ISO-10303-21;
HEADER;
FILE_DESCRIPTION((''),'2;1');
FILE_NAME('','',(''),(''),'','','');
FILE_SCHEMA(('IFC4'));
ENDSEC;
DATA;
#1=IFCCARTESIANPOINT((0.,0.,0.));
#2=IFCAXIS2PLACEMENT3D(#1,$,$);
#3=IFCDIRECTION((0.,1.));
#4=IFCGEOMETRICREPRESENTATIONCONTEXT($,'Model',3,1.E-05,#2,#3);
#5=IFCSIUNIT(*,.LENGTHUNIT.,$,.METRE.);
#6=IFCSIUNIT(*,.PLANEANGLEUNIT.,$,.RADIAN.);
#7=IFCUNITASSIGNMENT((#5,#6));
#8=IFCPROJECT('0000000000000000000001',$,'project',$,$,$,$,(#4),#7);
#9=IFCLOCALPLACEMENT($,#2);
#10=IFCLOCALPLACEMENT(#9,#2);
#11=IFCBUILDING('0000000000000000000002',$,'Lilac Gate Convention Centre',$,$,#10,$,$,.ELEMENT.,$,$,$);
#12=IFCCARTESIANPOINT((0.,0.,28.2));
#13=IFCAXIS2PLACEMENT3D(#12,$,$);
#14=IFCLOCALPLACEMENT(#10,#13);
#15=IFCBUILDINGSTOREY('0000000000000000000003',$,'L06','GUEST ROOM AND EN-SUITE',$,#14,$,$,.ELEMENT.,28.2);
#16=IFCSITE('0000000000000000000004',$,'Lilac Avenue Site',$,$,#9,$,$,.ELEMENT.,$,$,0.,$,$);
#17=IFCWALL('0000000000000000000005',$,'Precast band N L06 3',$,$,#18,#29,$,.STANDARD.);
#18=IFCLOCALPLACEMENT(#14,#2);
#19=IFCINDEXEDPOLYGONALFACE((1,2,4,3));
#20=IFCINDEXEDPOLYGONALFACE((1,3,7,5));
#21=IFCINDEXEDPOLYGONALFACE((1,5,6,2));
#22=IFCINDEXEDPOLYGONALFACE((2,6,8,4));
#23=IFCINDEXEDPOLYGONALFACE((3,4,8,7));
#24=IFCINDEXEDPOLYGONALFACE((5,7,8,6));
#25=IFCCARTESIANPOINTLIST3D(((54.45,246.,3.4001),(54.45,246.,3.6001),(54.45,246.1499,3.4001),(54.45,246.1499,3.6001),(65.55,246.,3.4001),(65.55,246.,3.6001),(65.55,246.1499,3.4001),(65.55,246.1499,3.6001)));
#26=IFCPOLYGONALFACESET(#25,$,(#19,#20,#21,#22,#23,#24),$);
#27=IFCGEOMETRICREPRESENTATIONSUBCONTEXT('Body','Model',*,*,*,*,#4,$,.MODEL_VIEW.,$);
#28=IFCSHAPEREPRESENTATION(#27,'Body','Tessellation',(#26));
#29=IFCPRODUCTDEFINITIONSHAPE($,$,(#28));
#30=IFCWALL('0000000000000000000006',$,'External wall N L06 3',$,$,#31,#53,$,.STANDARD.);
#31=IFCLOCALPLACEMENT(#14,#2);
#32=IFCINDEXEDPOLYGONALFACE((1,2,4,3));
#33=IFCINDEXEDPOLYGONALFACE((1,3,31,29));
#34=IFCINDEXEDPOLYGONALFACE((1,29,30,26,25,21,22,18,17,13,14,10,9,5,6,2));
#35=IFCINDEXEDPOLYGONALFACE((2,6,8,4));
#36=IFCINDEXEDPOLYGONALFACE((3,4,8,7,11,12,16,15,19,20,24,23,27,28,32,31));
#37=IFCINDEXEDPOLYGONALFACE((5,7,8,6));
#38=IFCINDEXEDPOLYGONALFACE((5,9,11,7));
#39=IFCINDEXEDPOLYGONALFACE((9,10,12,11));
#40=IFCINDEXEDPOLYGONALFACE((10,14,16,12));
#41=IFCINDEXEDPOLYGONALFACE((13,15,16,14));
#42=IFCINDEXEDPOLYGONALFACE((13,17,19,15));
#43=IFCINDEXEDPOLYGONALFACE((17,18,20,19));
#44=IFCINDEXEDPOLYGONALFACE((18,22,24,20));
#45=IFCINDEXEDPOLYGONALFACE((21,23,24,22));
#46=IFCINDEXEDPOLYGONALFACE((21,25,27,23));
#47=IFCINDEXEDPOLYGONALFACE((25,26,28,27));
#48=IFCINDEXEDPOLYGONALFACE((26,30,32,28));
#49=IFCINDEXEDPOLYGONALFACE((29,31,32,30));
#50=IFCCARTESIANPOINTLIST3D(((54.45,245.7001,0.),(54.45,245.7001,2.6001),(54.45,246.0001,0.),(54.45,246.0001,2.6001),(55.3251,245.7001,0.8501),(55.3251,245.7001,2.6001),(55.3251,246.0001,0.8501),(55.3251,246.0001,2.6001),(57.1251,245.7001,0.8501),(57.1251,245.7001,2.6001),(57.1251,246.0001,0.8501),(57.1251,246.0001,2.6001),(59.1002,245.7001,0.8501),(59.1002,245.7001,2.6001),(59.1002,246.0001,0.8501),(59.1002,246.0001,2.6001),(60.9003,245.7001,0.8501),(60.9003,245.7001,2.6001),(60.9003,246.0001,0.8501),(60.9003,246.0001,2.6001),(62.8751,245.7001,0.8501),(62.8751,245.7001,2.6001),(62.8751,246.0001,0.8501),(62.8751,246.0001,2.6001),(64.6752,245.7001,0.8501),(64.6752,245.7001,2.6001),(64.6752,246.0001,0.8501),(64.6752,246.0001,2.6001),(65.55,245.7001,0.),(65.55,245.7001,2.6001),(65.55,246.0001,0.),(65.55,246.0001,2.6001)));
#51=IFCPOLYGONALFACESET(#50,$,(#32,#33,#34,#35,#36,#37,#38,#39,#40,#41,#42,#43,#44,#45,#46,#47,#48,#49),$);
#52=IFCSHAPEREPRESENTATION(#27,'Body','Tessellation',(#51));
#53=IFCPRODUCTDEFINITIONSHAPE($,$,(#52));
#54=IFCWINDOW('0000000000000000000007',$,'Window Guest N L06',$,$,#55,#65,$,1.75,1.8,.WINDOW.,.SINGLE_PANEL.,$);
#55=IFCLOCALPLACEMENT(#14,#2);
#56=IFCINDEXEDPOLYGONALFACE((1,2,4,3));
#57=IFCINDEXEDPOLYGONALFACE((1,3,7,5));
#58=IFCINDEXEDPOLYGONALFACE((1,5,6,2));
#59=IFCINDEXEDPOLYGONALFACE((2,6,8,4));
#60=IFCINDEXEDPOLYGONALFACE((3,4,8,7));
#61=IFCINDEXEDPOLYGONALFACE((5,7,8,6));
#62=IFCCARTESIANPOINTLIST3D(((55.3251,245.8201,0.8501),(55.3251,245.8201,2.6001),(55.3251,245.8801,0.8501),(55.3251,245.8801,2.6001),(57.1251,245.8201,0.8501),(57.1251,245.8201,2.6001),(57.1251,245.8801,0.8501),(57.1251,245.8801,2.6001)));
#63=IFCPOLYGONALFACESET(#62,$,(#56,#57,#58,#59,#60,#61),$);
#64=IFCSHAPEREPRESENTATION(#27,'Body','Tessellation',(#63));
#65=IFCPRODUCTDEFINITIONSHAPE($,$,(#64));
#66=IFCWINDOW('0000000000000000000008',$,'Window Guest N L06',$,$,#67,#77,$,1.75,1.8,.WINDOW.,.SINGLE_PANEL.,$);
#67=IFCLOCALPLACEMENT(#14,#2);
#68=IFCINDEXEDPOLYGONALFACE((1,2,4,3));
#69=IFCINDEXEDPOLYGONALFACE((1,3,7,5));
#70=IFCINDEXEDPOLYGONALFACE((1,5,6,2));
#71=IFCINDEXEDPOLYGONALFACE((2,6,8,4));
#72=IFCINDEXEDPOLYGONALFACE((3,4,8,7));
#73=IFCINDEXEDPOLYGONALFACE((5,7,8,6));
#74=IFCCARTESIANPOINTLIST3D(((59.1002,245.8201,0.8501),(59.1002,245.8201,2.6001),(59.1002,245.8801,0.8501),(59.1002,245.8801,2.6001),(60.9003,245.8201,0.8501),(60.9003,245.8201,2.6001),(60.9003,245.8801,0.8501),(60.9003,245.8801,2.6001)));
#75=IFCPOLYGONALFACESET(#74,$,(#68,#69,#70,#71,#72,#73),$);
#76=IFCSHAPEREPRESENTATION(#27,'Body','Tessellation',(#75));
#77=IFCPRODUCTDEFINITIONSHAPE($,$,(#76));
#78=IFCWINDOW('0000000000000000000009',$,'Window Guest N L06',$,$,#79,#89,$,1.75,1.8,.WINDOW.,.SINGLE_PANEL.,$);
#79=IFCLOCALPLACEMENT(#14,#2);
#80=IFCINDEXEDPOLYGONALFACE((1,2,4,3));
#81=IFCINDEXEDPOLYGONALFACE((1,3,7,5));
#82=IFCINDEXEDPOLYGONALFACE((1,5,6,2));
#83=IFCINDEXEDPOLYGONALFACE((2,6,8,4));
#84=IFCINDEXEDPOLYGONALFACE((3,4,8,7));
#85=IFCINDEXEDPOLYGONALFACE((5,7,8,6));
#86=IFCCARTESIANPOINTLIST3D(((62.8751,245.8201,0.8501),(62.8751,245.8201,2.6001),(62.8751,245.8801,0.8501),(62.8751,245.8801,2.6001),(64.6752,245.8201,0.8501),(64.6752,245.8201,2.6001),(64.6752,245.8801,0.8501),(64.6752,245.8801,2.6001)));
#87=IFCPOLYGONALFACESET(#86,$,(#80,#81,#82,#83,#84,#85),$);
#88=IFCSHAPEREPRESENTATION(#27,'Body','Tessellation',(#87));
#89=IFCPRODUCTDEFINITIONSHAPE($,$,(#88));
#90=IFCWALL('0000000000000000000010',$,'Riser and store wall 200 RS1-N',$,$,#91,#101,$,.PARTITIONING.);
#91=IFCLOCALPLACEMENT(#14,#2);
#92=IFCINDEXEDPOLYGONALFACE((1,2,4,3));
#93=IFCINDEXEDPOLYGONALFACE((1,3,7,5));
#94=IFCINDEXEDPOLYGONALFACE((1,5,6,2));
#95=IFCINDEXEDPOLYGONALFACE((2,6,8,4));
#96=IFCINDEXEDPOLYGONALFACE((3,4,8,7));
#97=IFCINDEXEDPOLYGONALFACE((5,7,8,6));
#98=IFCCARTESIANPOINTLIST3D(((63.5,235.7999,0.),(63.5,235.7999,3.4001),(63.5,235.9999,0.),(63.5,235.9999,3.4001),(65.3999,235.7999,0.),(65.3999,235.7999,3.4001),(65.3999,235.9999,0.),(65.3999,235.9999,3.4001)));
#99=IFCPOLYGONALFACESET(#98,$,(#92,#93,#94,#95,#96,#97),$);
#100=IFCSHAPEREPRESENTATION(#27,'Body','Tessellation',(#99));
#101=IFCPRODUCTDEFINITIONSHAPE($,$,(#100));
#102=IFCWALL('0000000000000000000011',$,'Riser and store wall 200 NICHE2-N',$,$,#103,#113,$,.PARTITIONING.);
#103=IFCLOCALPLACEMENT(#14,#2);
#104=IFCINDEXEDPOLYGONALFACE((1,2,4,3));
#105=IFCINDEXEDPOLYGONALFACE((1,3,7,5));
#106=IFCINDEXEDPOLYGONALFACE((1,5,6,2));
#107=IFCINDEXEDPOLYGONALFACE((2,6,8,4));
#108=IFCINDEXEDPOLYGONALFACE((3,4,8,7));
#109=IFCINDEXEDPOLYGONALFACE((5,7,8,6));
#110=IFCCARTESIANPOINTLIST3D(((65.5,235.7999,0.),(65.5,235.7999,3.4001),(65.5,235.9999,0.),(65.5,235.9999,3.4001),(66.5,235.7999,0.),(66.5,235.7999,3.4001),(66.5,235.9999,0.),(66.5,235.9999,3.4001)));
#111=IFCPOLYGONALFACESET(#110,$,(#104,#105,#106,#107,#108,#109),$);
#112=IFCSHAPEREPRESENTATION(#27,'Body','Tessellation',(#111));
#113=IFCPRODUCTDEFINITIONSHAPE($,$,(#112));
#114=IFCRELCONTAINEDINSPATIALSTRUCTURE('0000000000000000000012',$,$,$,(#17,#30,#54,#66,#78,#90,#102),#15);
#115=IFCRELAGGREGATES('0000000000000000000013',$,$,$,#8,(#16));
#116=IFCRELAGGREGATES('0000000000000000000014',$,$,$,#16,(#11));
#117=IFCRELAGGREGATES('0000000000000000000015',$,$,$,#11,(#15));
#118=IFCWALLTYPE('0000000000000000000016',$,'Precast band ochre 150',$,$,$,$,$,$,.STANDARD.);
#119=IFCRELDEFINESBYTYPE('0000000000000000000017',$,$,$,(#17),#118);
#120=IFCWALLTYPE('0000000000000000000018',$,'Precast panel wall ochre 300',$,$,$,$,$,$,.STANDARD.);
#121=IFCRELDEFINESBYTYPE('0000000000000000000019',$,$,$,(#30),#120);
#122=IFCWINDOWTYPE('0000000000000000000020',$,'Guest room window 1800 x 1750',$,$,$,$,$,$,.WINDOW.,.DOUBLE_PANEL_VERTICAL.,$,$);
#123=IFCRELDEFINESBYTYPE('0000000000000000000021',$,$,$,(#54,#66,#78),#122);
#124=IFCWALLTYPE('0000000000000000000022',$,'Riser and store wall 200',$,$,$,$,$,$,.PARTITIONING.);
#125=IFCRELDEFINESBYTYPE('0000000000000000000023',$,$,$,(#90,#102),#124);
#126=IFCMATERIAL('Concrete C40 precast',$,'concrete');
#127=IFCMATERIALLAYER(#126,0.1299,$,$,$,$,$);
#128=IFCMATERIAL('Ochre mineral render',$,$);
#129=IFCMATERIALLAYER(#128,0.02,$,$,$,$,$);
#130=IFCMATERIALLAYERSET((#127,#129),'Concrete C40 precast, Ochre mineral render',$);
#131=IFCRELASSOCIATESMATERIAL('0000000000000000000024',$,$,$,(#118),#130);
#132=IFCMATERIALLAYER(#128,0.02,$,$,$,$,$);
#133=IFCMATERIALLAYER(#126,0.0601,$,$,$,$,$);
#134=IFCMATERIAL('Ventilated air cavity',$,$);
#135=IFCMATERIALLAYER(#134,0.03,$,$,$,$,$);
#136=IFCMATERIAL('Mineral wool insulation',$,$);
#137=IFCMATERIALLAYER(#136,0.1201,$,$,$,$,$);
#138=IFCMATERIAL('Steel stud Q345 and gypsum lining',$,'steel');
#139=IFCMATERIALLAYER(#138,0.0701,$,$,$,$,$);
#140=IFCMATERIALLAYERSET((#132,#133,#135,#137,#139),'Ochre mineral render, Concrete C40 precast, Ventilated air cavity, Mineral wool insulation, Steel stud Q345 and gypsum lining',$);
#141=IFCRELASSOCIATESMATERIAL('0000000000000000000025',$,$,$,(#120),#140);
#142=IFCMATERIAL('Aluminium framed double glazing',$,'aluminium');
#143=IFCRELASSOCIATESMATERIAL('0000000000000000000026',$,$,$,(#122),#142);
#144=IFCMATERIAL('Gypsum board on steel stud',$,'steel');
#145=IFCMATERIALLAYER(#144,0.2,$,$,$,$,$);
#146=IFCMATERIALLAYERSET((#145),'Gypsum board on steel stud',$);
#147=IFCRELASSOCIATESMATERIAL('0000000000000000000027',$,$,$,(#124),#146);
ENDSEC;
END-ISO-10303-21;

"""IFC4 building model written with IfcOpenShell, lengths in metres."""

from ifc_helpers import new_model, si_unit, direction, frame, frame_2d, origin, place, context, subcontext, project, spatial, rectangle, extrude, material, layer, layer_set, type_object, element, fill, save


model = new_model("IFC4")

# Units and contexts
model_context = context("Model", 3, precision=1e-05, world=origin(), true_north=direction((0.0, 1.0)))
body_context = subcontext(model_context, "Body", "Model", "MODEL_VIEW")
ifc_project = project(units=[si_unit("LENGTHUNIT", "METRE"), si_unit("PLANEANGLEUNIT", "RADIAN")], contexts=[model_context])

# Site, building, storey
site_placement = place(None, origin())
site = spatial("IfcSite", under=ifc_project, at=site_placement, Name="Lilac Avenue Site", CompositionType="ELEMENT", RefElevation=0.0)
building_placement = place(site_placement, origin())
building = spatial("IfcBuilding", under=site, at=building_placement, Name="Lilac Gate Convention Centre", CompositionType="ELEMENT")
storey_placement = place(building_placement, frame((0.0, 0.0, 28.2)))
storey = spatial("IfcBuildingStorey", under=building, at=storey_placement, Name="L06", Description="GUEST ROOM AND EN-SUITE", CompositionType="ELEMENT", Elevation=28.2)

# Shared definitions
ifc_material_1 = material(Name="Gypsum board on steel stud", Category="steel")

# Wall
ifc_material_2 = material(Name="Concrete C40 precast", Category="concrete")
ifc_layer_1 = layer(ifc_material_2, 0.1299)
ifc_material_3 = material(Name="Ochre mineral render")
ifc_layer_2 = layer(ifc_material_3, 0.02)
ifc_layer_set_1 = layer_set([ifc_layer_1, ifc_layer_2], Name="Concrete C40 precast, Ochre mineral render")
wall_type_1 = type_object("IfcWallType", Name="Precast band ochre 150", PredefinedType="STANDARD", material=ifc_layer_set_1)
wall_1_placement = place(storey_placement, frame((65.55, 246.075, 3.4001), z_axis=(0.0, 0.0, 1.0), x_axis=(-1.0, 0.0, 0.0)))
element("IfcWall", 1, at=wall_1_placement, inside=storey, type_object=wall_type_1, Name="Precast band N L06 3", PredefinedType="STANDARD", context=body_context, shape_type="SweptSolid", body=[
    extrude(rectangle(XDim=11.1001, YDim=0.1499, at=frame_2d((5.55, 0.0))), origin(), (0.0, 0.0, 1.0), 0.2),
])

# Wall, openings, windows
ifc_layer_3 = layer(ifc_material_3, 0.02)
ifc_layer_4 = layer(ifc_material_2, 0.0601)
ifc_material_4 = material(Name="Ventilated air cavity")
ifc_layer_5 = layer(ifc_material_4, 0.03)
ifc_material_5 = material(Name="Mineral wool insulation")
ifc_layer_6 = layer(ifc_material_5, 0.1201)
ifc_material_6 = material(Name="Steel stud Q345 and gypsum lining", Category="steel")
ifc_layer_7 = layer(ifc_material_6, 0.0701)
ifc_layer_set_2 = layer_set([ifc_layer_3, ifc_layer_4, ifc_layer_5, ifc_layer_6, ifc_layer_7], Name="Ochre mineral render, Concrete C40 precast, Ventilated air cavity, Mineral wool insulation, Steel stud Q345 and gypsum lining")
wall_type_2 = type_object("IfcWallType", Name="Precast panel wall ochre 300", PredefinedType="STANDARD", material=ifc_layer_set_2)
wall_2_placement = place(storey_placement, frame((65.55, 245.8501, 0.0), z_axis=(0.0, 0.0, 1.0), x_axis=(-1.0, 0.0, 0.0)))
wall_2 = element("IfcWall", 2, at=wall_2_placement, inside=storey, type_object=wall_type_2, Name="External wall N L06 3", PredefinedType="STANDARD", context=body_context, shape_type="SweptSolid", body=[
    extrude(rectangle(XDim=11.1001, YDim=0.3, at=frame_2d((5.55, 0.0))), origin(), (0.0, 0.0, 1.0), 2.6001),
])
opening_1_placement = place(wall_2_placement, frame((8.425, 0.0, 0.8501)))
opening_1 = element("IfcOpeningElement", 3, at=opening_1_placement, cuts=wall_2, PredefinedType="OPENING", context=body_context, shape_type="SweptSolid", body=[
    extrude(rectangle(XDim=1.8, YDim=1.75, at=frame_2d((0.8999, 0.875))), frame((0.0, 0.1599, 0.0), z_axis=(0.0, -1.0, 0.0), x_axis=(1.0, 0.0, 0.0)), (0.0, 0.0, 1.0), 0.3201),
])
opening_2_placement = place(wall_2_placement, frame((4.6499, 0.0, 0.8501)))
opening_2 = element("IfcOpeningElement", 4, at=opening_2_placement, cuts=wall_2, PredefinedType="OPENING", context=body_context, shape_type="SweptSolid", body=[
    extrude(rectangle(XDim=1.8, YDim=1.75, at=frame_2d((0.8999, 0.875))), frame((0.0, 0.1599, 0.0), z_axis=(0.0, -1.0, 0.0), x_axis=(1.0, 0.0, 0.0)), (0.0, 0.0, 1.0), 0.3201),
])
opening_3_placement = place(wall_2_placement, frame((0.875, 0.0, 0.8501)))
opening_3 = element("IfcOpeningElement", 5, at=opening_3_placement, cuts=wall_2, PredefinedType="OPENING", context=body_context, shape_type="SweptSolid", body=[
    extrude(rectangle(XDim=1.8, YDim=1.75, at=frame_2d((0.8999, 0.875))), frame((0.0, 0.1599, 0.0), z_axis=(0.0, -1.0, 0.0), x_axis=(1.0, 0.0, 0.0)), (0.0, 0.0, 1.0), 0.3201),
])
ifc_material_7 = material(Name="Aluminium framed double glazing", Category="aluminium")
window_type = type_object("IfcWindowType", Name="Guest room window 1800 x 1750", PartitioningType="DOUBLE_PANEL_VERTICAL", PredefinedType="WINDOW", material=ifc_material_7)
window_1_placement = place(opening_1_placement, origin())
window_1 = element("IfcWindow", 6, at=window_1_placement, inside=storey, type_object=window_type, Name="Window Guest N L06", OverallHeight=1.75, OverallWidth=1.8, PartitioningType="SINGLE_PANEL", PredefinedType="WINDOW", context=body_context, shape_type="SweptSolid", body=[
    extrude(rectangle(XDim=1.8, YDim=1.75, at=frame_2d((0.8999, 0.875))), frame((0.0, 0.03, 0.0), z_axis=(0.0, -1.0, 0.0), x_axis=(1.0, 0.0, 0.0)), (0.0, 0.0, 1.0), 0.0601),
])
fill(opening_1, window_1)
window_2_placement = place(opening_2_placement, origin())
window_2 = element("IfcWindow", 7, at=window_2_placement, inside=storey, type_object=window_type, Name="Window Guest N L06", OverallHeight=1.75, OverallWidth=1.8, PartitioningType="SINGLE_PANEL", PredefinedType="WINDOW", context=body_context, shape_type="SweptSolid", body=[
    extrude(rectangle(XDim=1.8, YDim=1.75, at=frame_2d((0.8999, 0.875))), frame((0.0, 0.03, 0.0), z_axis=(0.0, -1.0, 0.0), x_axis=(1.0, 0.0, 0.0)), (0.0, 0.0, 1.0), 0.0601),
])
fill(opening_2, window_2)
window_3_placement = place(opening_3_placement, origin())
window_3 = element("IfcWindow", 8, at=window_3_placement, inside=storey, type_object=window_type, Name="Window Guest N L06", OverallHeight=1.75, OverallWidth=1.8, PartitioningType="SINGLE_PANEL", PredefinedType="WINDOW", context=body_context, shape_type="SweptSolid", body=[
    extrude(rectangle(XDim=1.8, YDim=1.75, at=frame_2d((0.8999, 0.875))), frame((0.0, 0.03, 0.0), z_axis=(0.0, -1.0, 0.0), x_axis=(1.0, 0.0, 0.0)), (0.0, 0.0, 1.0), 0.0601),
])
fill(opening_3, window_3)

# Walls
ifc_layer_8 = layer(ifc_material_1, 0.2)
ifc_layer_set_3 = layer_set([ifc_layer_8], Name="Gypsum board on steel stud")
wall_type_3 = type_object("IfcWallType", Name="Riser and store wall 200", PredefinedType="PARTITIONING", material=ifc_layer_set_3)
wall_3_placement = place(storey_placement, frame((63.5, 235.8999, 0.0), z_axis=(0.0, 0.0, 1.0), x_axis=(1.0, 0.0, 0.0)))
element("IfcWall", 9, at=wall_3_placement, inside=storey, type_object=wall_type_3, Name="Riser and store wall 200 RS1-N", PredefinedType="PARTITIONING", context=body_context, shape_type="SweptSolid", body=[
    extrude(rectangle(XDim=1.8999, YDim=0.2, at=frame_2d((0.95, 0.0))), origin(), (0.0, 0.0, 1.0), 3.4001),
])
wall_4_placement = place(storey_placement, frame((65.5, 235.8999, 0.0), z_axis=(0.0, 0.0, 1.0), x_axis=(1.0, 0.0, 0.0)))
element("IfcWall", 10, at=wall_4_placement, inside=storey, type_object=wall_type_3, Name="Riser and store wall 200 NICHE2-N", PredefinedType="PARTITIONING", context=body_context, shape_type="SweptSolid", body=[
    extrude(rectangle(XDim=1.0, YDim=0.2, at=frame_2d((0.5, 0.0))), origin(), (0.0, 0.0, 1.0), 3.4001),
])

save(model, "model.ifc")
